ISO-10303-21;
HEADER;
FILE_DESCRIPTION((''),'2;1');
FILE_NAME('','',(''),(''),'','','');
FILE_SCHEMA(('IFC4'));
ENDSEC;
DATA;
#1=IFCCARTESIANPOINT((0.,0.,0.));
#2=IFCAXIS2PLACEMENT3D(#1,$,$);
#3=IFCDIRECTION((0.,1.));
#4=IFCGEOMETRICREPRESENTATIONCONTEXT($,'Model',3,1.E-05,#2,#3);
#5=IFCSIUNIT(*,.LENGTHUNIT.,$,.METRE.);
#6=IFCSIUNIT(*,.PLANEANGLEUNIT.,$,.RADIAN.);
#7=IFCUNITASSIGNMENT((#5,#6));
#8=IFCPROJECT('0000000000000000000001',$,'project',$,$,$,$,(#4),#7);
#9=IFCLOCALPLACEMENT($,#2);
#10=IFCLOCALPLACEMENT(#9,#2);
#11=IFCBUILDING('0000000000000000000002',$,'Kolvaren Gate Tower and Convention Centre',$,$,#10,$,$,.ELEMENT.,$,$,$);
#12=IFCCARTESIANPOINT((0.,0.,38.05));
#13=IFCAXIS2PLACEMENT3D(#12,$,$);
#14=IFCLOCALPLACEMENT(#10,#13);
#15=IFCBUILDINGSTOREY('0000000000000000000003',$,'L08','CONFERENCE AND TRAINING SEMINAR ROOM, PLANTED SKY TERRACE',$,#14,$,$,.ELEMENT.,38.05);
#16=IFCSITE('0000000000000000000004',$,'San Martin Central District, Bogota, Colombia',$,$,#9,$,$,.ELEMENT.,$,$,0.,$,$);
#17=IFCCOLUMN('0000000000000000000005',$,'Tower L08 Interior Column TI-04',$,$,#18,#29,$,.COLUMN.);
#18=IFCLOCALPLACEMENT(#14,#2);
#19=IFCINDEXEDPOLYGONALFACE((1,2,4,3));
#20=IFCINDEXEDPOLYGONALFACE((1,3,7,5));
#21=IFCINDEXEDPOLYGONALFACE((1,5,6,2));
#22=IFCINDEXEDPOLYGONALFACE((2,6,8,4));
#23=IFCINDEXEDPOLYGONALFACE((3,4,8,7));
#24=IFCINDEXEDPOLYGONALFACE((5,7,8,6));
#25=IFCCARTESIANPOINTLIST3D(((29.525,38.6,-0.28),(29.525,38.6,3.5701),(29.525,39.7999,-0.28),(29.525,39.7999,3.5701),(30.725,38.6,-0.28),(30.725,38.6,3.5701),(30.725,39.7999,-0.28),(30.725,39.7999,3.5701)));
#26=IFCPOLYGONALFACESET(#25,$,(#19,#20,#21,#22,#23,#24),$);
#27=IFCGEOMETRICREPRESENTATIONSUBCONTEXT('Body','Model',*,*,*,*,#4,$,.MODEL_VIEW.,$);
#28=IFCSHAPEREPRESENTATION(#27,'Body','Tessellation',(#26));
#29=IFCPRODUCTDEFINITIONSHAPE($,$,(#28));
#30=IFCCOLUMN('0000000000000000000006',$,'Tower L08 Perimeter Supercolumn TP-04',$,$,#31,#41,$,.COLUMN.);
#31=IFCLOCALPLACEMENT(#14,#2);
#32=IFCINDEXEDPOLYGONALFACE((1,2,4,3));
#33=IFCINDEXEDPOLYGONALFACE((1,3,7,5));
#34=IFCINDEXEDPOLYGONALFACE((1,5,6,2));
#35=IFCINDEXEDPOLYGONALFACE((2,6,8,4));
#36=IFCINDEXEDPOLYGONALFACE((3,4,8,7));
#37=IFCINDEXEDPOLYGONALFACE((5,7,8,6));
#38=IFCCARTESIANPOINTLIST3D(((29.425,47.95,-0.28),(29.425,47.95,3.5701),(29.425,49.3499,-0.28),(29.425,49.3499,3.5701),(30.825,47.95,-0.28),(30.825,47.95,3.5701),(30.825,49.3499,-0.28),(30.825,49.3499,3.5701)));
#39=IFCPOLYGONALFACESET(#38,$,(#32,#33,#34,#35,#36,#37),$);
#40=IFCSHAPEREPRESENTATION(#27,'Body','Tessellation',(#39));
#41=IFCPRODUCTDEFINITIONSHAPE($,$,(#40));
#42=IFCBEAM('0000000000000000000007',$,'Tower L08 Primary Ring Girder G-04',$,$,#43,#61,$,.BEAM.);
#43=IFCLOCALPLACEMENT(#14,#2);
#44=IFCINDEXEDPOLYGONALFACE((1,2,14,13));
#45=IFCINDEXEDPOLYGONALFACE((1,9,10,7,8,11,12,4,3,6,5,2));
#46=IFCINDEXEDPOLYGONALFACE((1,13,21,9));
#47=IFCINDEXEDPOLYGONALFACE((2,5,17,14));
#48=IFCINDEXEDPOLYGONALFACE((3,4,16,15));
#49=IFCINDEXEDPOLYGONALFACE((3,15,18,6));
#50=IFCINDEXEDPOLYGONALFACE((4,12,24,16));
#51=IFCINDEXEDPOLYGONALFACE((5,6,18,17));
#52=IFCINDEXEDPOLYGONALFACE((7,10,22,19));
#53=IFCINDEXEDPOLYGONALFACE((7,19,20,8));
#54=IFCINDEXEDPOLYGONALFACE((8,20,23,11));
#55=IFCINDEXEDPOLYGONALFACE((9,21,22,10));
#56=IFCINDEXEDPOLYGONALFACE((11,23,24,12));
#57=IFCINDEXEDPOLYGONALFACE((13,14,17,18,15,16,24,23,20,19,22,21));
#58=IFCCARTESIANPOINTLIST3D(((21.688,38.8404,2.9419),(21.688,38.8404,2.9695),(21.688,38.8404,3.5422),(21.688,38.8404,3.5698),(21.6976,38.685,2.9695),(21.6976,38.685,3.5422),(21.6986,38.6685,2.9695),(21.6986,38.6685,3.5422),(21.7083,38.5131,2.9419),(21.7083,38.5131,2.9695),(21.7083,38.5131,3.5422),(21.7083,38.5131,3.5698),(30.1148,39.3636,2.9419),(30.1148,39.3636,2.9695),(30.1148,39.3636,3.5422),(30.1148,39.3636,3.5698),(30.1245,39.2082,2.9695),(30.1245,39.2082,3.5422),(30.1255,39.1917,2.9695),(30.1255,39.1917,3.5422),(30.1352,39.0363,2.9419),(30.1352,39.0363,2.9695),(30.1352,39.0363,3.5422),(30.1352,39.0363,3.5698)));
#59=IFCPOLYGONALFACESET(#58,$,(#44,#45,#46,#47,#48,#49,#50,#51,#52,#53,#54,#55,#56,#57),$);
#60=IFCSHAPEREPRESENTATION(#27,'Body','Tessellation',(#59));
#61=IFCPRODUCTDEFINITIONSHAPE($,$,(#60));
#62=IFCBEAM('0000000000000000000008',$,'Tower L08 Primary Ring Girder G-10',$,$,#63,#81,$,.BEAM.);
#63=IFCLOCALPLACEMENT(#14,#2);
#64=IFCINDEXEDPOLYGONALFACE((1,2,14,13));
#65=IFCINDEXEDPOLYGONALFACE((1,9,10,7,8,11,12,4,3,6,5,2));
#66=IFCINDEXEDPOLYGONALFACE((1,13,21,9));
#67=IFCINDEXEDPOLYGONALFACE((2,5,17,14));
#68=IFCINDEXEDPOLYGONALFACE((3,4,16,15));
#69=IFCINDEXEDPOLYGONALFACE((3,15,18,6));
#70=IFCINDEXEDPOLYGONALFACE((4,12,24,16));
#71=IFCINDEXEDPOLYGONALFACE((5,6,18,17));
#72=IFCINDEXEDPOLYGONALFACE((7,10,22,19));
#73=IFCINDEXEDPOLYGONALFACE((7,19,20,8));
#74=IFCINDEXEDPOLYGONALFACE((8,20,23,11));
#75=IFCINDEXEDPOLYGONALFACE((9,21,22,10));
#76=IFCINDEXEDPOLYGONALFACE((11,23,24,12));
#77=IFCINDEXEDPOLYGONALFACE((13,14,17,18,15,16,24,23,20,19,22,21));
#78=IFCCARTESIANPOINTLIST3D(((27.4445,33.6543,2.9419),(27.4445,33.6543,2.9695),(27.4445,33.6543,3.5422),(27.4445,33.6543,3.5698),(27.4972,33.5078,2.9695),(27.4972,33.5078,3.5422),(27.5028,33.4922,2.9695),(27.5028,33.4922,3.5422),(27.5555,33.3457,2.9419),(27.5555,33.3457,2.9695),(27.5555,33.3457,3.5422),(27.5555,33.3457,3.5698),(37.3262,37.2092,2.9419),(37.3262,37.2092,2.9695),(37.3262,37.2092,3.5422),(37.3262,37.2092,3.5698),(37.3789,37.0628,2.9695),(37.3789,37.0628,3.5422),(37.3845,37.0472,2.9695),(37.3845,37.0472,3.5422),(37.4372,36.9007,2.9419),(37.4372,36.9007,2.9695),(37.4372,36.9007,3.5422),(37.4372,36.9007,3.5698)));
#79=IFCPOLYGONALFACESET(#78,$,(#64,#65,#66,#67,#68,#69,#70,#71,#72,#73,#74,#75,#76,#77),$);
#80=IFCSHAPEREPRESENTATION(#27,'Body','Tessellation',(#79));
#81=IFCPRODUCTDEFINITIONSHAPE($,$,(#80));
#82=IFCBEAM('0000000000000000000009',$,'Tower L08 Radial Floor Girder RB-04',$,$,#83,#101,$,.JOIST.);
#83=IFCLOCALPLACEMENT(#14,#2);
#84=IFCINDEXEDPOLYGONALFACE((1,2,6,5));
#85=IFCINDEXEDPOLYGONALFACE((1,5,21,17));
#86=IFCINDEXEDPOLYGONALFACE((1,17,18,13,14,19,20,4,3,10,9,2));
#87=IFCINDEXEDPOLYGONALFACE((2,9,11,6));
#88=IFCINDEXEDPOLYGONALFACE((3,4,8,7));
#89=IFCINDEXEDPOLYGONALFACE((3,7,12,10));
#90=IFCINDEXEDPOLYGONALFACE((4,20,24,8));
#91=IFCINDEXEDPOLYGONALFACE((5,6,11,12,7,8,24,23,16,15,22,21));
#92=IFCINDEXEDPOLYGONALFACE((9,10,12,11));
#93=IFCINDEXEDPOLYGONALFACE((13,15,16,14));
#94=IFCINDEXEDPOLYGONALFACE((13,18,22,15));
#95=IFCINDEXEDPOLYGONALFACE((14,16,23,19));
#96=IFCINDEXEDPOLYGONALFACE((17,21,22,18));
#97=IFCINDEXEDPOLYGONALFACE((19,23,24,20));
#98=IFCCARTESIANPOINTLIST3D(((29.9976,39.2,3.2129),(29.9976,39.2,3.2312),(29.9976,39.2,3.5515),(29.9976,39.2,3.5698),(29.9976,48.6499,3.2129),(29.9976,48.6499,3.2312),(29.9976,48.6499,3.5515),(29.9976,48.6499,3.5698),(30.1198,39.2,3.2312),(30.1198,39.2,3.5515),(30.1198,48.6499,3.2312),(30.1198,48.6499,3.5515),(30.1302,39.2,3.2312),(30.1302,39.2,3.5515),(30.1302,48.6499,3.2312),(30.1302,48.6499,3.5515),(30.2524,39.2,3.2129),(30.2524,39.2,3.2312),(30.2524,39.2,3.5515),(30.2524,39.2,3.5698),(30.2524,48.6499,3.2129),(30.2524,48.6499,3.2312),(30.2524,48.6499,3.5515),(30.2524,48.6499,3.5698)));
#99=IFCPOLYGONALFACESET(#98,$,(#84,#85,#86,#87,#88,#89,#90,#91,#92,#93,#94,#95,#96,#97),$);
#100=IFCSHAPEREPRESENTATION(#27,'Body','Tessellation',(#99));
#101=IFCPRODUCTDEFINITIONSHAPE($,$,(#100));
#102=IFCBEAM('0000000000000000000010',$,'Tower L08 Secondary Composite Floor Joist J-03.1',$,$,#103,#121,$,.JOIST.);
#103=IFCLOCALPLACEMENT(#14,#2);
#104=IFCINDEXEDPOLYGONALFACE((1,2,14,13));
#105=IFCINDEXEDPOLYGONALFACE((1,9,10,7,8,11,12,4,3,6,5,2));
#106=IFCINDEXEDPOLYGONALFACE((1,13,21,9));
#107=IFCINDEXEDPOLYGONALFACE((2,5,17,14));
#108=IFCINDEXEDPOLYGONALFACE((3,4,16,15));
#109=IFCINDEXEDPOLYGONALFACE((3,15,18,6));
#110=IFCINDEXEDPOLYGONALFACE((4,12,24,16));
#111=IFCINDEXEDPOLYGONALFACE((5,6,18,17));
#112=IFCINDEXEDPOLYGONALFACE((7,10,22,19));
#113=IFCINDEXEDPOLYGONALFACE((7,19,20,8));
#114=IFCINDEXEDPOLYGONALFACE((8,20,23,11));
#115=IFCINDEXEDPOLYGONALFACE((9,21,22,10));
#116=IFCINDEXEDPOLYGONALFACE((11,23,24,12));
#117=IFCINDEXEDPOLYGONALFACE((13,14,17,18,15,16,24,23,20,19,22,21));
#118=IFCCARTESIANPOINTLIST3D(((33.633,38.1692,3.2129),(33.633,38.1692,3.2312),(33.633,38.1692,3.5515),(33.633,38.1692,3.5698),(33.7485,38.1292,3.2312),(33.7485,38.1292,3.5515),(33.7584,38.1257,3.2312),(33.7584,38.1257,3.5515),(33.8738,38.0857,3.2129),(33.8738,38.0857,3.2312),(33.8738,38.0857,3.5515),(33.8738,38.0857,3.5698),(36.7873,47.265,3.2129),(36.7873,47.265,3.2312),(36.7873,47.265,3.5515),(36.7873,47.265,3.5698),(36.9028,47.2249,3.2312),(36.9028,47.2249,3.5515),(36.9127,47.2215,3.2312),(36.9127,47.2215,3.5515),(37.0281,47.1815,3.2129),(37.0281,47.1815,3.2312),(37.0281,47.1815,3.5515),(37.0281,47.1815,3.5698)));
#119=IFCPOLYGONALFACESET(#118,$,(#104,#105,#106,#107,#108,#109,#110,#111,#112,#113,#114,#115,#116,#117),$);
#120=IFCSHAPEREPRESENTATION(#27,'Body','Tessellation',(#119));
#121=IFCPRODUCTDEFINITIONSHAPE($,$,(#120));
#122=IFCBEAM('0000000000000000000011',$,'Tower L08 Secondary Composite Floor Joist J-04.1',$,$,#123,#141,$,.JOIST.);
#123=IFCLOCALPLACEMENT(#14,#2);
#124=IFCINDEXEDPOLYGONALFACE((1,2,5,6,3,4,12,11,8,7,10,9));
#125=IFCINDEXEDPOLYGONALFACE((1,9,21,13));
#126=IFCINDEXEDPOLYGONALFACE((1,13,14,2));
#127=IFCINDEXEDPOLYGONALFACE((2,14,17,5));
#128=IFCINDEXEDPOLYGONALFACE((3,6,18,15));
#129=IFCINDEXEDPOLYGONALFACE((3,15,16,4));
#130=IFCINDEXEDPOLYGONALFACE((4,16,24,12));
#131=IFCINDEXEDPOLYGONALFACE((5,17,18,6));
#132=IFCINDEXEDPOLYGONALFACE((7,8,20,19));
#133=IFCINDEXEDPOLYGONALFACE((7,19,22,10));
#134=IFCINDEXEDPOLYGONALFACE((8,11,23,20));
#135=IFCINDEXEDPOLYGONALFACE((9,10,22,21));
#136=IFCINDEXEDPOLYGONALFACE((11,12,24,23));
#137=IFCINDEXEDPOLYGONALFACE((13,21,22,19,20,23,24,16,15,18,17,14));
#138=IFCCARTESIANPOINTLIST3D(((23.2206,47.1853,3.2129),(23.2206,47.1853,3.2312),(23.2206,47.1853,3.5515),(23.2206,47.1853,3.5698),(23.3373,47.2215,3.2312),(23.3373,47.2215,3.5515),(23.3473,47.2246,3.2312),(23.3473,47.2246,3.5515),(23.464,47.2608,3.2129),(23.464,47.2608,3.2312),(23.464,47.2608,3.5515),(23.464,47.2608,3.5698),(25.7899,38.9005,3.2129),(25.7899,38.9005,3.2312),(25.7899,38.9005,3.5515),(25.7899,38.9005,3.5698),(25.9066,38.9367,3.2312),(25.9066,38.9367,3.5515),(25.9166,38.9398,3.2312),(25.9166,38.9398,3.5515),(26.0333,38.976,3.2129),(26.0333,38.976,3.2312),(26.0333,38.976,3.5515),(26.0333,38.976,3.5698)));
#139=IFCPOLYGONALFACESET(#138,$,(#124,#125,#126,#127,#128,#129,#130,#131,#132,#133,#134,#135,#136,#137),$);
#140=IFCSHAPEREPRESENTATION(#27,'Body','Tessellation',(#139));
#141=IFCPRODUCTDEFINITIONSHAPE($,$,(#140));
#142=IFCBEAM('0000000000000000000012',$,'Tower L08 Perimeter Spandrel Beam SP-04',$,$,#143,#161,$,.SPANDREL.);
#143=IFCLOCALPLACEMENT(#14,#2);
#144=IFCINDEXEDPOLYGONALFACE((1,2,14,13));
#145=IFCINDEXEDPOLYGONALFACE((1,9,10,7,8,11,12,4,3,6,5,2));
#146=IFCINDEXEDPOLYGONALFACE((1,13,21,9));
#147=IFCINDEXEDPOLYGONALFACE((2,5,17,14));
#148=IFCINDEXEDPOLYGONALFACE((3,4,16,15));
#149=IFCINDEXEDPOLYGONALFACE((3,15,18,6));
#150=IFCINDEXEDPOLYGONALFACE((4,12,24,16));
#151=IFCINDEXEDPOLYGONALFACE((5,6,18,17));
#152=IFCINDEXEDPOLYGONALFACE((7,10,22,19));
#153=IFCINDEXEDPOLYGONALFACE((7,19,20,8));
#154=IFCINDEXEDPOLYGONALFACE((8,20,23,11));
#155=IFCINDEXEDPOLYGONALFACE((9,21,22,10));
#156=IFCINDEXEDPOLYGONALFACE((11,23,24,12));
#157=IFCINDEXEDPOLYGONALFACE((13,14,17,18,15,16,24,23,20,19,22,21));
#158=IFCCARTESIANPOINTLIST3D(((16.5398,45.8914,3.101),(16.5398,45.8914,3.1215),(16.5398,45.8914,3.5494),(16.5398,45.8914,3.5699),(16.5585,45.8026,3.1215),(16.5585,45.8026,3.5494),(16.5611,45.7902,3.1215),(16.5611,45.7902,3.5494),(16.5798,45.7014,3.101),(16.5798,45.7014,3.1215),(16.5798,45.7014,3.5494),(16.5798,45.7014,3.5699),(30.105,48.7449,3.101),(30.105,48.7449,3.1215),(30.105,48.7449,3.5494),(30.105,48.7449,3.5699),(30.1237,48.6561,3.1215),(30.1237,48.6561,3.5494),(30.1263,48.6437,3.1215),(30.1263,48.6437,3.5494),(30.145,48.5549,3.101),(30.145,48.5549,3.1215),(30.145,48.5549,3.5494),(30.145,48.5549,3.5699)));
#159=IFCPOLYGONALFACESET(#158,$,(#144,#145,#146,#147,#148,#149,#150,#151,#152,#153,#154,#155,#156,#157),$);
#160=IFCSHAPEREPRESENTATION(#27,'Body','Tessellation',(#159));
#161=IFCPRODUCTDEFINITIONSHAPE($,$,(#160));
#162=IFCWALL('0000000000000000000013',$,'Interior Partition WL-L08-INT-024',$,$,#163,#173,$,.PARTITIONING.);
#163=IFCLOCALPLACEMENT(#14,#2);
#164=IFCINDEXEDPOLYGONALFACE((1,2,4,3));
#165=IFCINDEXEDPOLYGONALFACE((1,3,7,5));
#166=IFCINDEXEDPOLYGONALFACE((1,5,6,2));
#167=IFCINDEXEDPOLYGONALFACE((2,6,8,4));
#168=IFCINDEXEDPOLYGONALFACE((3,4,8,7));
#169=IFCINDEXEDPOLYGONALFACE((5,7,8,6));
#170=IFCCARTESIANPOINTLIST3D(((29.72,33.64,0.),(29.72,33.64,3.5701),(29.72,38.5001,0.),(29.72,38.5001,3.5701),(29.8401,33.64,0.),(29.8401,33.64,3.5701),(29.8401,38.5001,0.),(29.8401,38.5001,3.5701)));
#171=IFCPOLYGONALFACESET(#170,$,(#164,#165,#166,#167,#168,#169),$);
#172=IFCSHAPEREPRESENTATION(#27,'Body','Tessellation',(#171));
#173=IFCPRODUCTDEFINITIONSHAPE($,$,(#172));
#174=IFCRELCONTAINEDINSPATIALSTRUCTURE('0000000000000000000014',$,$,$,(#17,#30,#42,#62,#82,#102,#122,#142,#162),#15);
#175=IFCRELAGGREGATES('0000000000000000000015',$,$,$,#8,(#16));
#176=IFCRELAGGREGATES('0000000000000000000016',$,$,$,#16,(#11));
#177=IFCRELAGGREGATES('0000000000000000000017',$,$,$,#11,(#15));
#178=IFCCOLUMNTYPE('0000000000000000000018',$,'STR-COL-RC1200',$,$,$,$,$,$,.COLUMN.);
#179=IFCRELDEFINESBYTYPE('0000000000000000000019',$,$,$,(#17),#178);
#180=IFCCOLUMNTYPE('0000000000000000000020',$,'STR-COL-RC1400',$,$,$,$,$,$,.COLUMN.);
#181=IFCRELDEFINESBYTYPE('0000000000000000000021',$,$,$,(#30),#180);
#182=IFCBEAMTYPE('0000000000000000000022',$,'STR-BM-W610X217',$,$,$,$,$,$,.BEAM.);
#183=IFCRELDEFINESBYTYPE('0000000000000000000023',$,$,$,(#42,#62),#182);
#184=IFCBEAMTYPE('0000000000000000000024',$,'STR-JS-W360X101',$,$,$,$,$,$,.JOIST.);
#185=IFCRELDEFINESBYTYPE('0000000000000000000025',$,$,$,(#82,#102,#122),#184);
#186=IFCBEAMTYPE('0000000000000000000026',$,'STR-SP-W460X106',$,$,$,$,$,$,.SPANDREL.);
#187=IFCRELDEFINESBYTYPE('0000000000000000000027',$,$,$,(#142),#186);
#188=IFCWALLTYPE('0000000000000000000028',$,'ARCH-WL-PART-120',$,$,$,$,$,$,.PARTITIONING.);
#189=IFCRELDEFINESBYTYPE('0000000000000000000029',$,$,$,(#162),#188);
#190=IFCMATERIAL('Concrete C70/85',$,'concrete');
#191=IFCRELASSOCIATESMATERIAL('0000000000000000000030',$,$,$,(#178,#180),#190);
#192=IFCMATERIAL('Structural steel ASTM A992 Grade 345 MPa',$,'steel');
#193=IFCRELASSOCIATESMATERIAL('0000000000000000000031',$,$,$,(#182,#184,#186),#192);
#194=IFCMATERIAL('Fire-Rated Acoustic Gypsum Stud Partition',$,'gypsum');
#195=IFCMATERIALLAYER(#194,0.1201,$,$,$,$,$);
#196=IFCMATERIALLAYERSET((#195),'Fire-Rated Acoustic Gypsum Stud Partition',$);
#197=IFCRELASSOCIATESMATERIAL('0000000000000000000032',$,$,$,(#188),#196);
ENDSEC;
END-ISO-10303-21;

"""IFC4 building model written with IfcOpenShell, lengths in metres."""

from ifc_helpers import new_model, si_unit, direction, frame, frame_2d, origin, origin_2d, place, context, subcontext, project, spatial, rectangle, i_section, extrude, material, layer, layer_set, material_profile, profile_set, type_object, element, save


model = new_model("IFC4")

# Units and contexts
model_context = context("Model", 3, precision=1e-05, world=origin(), true_north=direction((0.0, 1.0)))
body_context = subcontext(model_context, "Body", "Model", "MODEL_VIEW")
ifc_project = project(units=[si_unit("LENGTHUNIT", "METRE"), si_unit("PLANEANGLEUNIT", "RADIAN")], contexts=[model_context])

# Site, building, storey
site_placement = place(None, origin())
site = spatial("IfcSite", under=ifc_project, at=site_placement, Name="San Martin Central District, Bogota, Colombia", CompositionType="ELEMENT", RefElevation=0.0)
building_placement = place(site_placement, origin())
building = spatial("IfcBuilding", under=site, at=building_placement, Name="Kolvaren Gate Tower and Convention Centre", CompositionType="ELEMENT")
storey_placement = place(building_placement, frame((0.0, 0.0, 38.05)))
storey = spatial("IfcBuildingStorey", under=building, at=storey_placement, Name="L08", Description="CONFERENCE AND TRAINING SEMINAR ROOM, PLANTED SKY TERRACE", CompositionType="ELEMENT", Elevation=38.05)

# Columns
ifc_material_1 = material(Name="Concrete C70/85", Category="concrete")
ifc_material_profile_1 = material_profile(ifc_material_1, rectangle(XDim=1.2, YDim=1.2, at=origin_2d()), Name="RC-COL-1200X1200")
ifc_profile_set_1 = profile_set([ifc_material_profile_1], Name="Concrete C70/85")
column_type_1 = type_object("IfcColumnType", Name="STR-COL-RC1200", PredefinedType="COLUMN", material=ifc_profile_set_1)
column_1_placement = place(storey_placement, frame((30.125, 39.2, -0.28), z_axis=(0.0, 0.0, 1.0), x_axis=(1.0, 0.0, 0.0)))
element("IfcColumn", 1, at=column_1_placement, inside=storey, type_object=column_type_1, Name="Tower L08 Interior Column TI-04", PredefinedType="COLUMN", context=body_context, shape_type="SweptSolid", body=[
    extrude(rectangle(XDim=1.2, YDim=1.2, at=origin_2d()), origin(), (0.0, 0.0, 1.0), 3.8501),
])
ifc_material_profile_2 = material_profile(ifc_material_1, rectangle(XDim=1.3999, YDim=1.3999, at=origin_2d()), Name="RC-COL-1400X1400")
ifc_profile_set_2 = profile_set([ifc_material_profile_2], Name="Concrete C70/85")
column_type_2 = type_object("IfcColumnType", Name="STR-COL-RC1400", PredefinedType="COLUMN", material=ifc_profile_set_2)
column_2_placement = place(storey_placement, frame((30.125, 48.6499, -0.28), z_axis=(0.0, 0.0, 1.0), x_axis=(1.0, 0.0, 0.0)))
element("IfcColumn", 2, at=column_2_placement, inside=storey, type_object=column_type_2, Name="Tower L08 Perimeter Supercolumn TP-04", PredefinedType="COLUMN", context=body_context, shape_type="SweptSolid", body=[
    extrude(rectangle(XDim=1.3999, YDim=1.3999, at=origin_2d()), origin(), (0.0, 0.0, 1.0), 3.8501),
])

# Beams
ifc_material_2 = material(Name="Structural steel ASTM A992 Grade 345 MPa", Category="steel")
ifc_material_profile_3 = material_profile(ifc_material_2, i_section(OverallWidth=0.3279, OverallDepth=0.6279, WebThickness=0.0166, FlangeThickness=0.0276, at=origin_2d()), Name="W610X217")
ifc_profile_set_3 = profile_set([ifc_material_profile_3], Name="Structural steel ASTM A992 Grade 345 MPa")
beam_type_1 = type_object("IfcBeamType", Name="STR-BM-W610X217", PredefinedType="BEAM", material=ifc_profile_set_3)
beam_1_placement = place(storey_placement, frame((30.125, 39.2, 3.2559), z_axis=(-0.998078, -0.061966, 0.0), x_axis=(0.061966, -0.998078, 0.0)))
element("IfcBeam", 3, at=beam_1_placement, inside=storey, type_object=beam_type_1, Name="Tower L08 Primary Ring Girder G-04", PredefinedType="BEAM", context=body_context, shape_type="SweptSolid", body=[
    extrude(i_section(OverallWidth=0.3279, OverallDepth=0.6279, WebThickness=0.0166, FlangeThickness=0.0276, at=origin_2d()), origin(), (0.0, 0.0, 1.0), 8.4431),
])
beam_2_placement = place(storey_placement, frame((27.5, 33.5, 3.2559), z_axis=(0.940961, 0.338514, 0.0), x_axis=(-0.338514, 0.940961, 0.0)))
element("IfcBeam", 4, at=beam_2_placement, inside=storey, type_object=beam_type_1, Name="Tower L08 Primary Ring Girder G-10", PredefinedType="BEAM", context=body_context, shape_type="SweptSolid", body=[
    extrude(i_section(OverallWidth=0.3279, OverallDepth=0.6279, WebThickness=0.0166, FlangeThickness=0.0276, at=origin_2d()), origin(), (0.0, 0.0, 1.0), 10.5017),
])
ifc_material_profile_4 = material_profile(ifc_material_2, i_section(OverallWidth=0.2549, OverallDepth=0.3569, WebThickness=0.0105, FlangeThickness=0.0183, at=origin_2d()), Name="W360X101")
ifc_profile_set_4 = profile_set([ifc_material_profile_4], Name="Structural steel ASTM A992 Grade 345 MPa")
beam_type_2 = type_object("IfcBeamType", Name="STR-JS-W360X101", PredefinedType="JOIST", material=ifc_profile_set_4)
beam_3_placement = place(storey_placement, frame((30.125, 39.2, 3.3914), z_axis=(0.0, 1.0, 0.0), x_axis=(-1.0, 0.0, 0.0)))
element("IfcBeam", 5, at=beam_3_placement, inside=storey, type_object=beam_type_2, Name="Tower L08 Radial Floor Girder RB-04", PredefinedType="JOIST", context=body_context, shape_type="SweptSolid", body=[
    extrude(i_section(OverallWidth=0.2549, OverallDepth=0.3569, WebThickness=0.0105, FlangeThickness=0.0183, at=origin_2d()), origin(), (0.0, 0.0, 1.0), 9.45),
])
beam_4_placement = place(storey_placement, frame((33.7534, 38.1274, 3.3914), z_axis=(0.327647, 0.9448, 0.0), x_axis=(-0.9448, 0.327647, 0.0)))
element("IfcBeam", 6, at=beam_4_placement, inside=storey, type_object=beam_type_2, Name="Tower L08 Secondary Composite Floor Joist J-03.1", PredefinedType="JOIST", context=body_context, shape_type="SweptSolid", body=[
    extrude(i_section(OverallWidth=0.2549, OverallDepth=0.3569, WebThickness=0.0105, FlangeThickness=0.0183, at=origin_2d()), origin(), (0.0, 0.0, 1.0), 9.6272),
])
beam_5_placement = place(storey_placement, frame((25.9116, 38.9382, 3.3914), z_axis=(-0.296205, 0.955124, 0.0), x_axis=(-0.955124, -0.296205, 0.0)))
element("IfcBeam", 7, at=beam_5_placement, inside=storey, type_object=beam_type_2, Name="Tower L08 Secondary Composite Floor Joist J-04.1", PredefinedType="JOIST", context=body_context, shape_type="SweptSolid", body=[
    extrude(i_section(OverallWidth=0.2549, OverallDepth=0.3569, WebThickness=0.0105, FlangeThickness=0.0183, at=origin_2d()), origin(), (0.0, 0.0, 1.0), 8.6741),
])
ifc_material_profile_5 = material_profile(ifc_material_2, i_section(OverallWidth=0.1941, OverallDepth=0.469, WebThickness=0.0127, FlangeThickness=0.0205, at=origin_2d()), Name="W460X106")
ifc_profile_set_5 = profile_set([ifc_material_profile_5], Name="Structural steel ASTM A992 Grade 345 MPa")
beam_type_3 = type_object("IfcBeamType", Name="STR-SP-W460X106", PredefinedType="SPANDREL", material=ifc_profile_set_5)
beam_6_placement = place(storey_placement, frame((30.125, 48.6499, 3.3354), z_axis=(-0.978583, -0.205851, 0.0), x_axis=(0.205851, -0.978583, 0.0)))
element("IfcBeam", 8, at=beam_6_placement, inside=storey, type_object=beam_type_3, Name="Tower L08 Perimeter Spandrel Beam SP-04", PredefinedType="SPANDREL", context=body_context, shape_type="SweptSolid", body=[
    extrude(i_section(OverallWidth=0.1941, OverallDepth=0.469, WebThickness=0.0127, FlangeThickness=0.0205, at=origin_2d()), origin(), (0.0, 0.0, 1.0), 13.8621),
])

# Wall
ifc_material_3 = material(Name="Fire-Rated Acoustic Gypsum Stud Partition", Category="gypsum")
ifc_layer_1 = layer(ifc_material_3, 0.1201)
ifc_layer_set_1 = layer_set([ifc_layer_1], Name="Fire-Rated Acoustic Gypsum Stud Partition")
wall_type_1 = type_object("IfcWallType", Name="ARCH-WL-PART-120", PredefinedType="PARTITIONING", material=ifc_layer_set_1)
wall_1_placement = place(storey_placement, frame((29.78, 33.6399, 0.0), z_axis=(0.0, 0.0, 1.0), x_axis=(0.0, 1.0, 0.0)))
element("IfcWall", 9, at=wall_1_placement, inside=storey, type_object=wall_type_1, Name="Interior Partition WL-L08-INT-024", PredefinedType="PARTITIONING", context=body_context, shape_type="SweptSolid", body=[
    extrude(rectangle(XDim=4.8601, YDim=0.1201, at=frame_2d((2.4302, 0.0))), origin(), (0.0, 0.0, 1.0), 3.5701),
])

save(model, "model.ifc")
